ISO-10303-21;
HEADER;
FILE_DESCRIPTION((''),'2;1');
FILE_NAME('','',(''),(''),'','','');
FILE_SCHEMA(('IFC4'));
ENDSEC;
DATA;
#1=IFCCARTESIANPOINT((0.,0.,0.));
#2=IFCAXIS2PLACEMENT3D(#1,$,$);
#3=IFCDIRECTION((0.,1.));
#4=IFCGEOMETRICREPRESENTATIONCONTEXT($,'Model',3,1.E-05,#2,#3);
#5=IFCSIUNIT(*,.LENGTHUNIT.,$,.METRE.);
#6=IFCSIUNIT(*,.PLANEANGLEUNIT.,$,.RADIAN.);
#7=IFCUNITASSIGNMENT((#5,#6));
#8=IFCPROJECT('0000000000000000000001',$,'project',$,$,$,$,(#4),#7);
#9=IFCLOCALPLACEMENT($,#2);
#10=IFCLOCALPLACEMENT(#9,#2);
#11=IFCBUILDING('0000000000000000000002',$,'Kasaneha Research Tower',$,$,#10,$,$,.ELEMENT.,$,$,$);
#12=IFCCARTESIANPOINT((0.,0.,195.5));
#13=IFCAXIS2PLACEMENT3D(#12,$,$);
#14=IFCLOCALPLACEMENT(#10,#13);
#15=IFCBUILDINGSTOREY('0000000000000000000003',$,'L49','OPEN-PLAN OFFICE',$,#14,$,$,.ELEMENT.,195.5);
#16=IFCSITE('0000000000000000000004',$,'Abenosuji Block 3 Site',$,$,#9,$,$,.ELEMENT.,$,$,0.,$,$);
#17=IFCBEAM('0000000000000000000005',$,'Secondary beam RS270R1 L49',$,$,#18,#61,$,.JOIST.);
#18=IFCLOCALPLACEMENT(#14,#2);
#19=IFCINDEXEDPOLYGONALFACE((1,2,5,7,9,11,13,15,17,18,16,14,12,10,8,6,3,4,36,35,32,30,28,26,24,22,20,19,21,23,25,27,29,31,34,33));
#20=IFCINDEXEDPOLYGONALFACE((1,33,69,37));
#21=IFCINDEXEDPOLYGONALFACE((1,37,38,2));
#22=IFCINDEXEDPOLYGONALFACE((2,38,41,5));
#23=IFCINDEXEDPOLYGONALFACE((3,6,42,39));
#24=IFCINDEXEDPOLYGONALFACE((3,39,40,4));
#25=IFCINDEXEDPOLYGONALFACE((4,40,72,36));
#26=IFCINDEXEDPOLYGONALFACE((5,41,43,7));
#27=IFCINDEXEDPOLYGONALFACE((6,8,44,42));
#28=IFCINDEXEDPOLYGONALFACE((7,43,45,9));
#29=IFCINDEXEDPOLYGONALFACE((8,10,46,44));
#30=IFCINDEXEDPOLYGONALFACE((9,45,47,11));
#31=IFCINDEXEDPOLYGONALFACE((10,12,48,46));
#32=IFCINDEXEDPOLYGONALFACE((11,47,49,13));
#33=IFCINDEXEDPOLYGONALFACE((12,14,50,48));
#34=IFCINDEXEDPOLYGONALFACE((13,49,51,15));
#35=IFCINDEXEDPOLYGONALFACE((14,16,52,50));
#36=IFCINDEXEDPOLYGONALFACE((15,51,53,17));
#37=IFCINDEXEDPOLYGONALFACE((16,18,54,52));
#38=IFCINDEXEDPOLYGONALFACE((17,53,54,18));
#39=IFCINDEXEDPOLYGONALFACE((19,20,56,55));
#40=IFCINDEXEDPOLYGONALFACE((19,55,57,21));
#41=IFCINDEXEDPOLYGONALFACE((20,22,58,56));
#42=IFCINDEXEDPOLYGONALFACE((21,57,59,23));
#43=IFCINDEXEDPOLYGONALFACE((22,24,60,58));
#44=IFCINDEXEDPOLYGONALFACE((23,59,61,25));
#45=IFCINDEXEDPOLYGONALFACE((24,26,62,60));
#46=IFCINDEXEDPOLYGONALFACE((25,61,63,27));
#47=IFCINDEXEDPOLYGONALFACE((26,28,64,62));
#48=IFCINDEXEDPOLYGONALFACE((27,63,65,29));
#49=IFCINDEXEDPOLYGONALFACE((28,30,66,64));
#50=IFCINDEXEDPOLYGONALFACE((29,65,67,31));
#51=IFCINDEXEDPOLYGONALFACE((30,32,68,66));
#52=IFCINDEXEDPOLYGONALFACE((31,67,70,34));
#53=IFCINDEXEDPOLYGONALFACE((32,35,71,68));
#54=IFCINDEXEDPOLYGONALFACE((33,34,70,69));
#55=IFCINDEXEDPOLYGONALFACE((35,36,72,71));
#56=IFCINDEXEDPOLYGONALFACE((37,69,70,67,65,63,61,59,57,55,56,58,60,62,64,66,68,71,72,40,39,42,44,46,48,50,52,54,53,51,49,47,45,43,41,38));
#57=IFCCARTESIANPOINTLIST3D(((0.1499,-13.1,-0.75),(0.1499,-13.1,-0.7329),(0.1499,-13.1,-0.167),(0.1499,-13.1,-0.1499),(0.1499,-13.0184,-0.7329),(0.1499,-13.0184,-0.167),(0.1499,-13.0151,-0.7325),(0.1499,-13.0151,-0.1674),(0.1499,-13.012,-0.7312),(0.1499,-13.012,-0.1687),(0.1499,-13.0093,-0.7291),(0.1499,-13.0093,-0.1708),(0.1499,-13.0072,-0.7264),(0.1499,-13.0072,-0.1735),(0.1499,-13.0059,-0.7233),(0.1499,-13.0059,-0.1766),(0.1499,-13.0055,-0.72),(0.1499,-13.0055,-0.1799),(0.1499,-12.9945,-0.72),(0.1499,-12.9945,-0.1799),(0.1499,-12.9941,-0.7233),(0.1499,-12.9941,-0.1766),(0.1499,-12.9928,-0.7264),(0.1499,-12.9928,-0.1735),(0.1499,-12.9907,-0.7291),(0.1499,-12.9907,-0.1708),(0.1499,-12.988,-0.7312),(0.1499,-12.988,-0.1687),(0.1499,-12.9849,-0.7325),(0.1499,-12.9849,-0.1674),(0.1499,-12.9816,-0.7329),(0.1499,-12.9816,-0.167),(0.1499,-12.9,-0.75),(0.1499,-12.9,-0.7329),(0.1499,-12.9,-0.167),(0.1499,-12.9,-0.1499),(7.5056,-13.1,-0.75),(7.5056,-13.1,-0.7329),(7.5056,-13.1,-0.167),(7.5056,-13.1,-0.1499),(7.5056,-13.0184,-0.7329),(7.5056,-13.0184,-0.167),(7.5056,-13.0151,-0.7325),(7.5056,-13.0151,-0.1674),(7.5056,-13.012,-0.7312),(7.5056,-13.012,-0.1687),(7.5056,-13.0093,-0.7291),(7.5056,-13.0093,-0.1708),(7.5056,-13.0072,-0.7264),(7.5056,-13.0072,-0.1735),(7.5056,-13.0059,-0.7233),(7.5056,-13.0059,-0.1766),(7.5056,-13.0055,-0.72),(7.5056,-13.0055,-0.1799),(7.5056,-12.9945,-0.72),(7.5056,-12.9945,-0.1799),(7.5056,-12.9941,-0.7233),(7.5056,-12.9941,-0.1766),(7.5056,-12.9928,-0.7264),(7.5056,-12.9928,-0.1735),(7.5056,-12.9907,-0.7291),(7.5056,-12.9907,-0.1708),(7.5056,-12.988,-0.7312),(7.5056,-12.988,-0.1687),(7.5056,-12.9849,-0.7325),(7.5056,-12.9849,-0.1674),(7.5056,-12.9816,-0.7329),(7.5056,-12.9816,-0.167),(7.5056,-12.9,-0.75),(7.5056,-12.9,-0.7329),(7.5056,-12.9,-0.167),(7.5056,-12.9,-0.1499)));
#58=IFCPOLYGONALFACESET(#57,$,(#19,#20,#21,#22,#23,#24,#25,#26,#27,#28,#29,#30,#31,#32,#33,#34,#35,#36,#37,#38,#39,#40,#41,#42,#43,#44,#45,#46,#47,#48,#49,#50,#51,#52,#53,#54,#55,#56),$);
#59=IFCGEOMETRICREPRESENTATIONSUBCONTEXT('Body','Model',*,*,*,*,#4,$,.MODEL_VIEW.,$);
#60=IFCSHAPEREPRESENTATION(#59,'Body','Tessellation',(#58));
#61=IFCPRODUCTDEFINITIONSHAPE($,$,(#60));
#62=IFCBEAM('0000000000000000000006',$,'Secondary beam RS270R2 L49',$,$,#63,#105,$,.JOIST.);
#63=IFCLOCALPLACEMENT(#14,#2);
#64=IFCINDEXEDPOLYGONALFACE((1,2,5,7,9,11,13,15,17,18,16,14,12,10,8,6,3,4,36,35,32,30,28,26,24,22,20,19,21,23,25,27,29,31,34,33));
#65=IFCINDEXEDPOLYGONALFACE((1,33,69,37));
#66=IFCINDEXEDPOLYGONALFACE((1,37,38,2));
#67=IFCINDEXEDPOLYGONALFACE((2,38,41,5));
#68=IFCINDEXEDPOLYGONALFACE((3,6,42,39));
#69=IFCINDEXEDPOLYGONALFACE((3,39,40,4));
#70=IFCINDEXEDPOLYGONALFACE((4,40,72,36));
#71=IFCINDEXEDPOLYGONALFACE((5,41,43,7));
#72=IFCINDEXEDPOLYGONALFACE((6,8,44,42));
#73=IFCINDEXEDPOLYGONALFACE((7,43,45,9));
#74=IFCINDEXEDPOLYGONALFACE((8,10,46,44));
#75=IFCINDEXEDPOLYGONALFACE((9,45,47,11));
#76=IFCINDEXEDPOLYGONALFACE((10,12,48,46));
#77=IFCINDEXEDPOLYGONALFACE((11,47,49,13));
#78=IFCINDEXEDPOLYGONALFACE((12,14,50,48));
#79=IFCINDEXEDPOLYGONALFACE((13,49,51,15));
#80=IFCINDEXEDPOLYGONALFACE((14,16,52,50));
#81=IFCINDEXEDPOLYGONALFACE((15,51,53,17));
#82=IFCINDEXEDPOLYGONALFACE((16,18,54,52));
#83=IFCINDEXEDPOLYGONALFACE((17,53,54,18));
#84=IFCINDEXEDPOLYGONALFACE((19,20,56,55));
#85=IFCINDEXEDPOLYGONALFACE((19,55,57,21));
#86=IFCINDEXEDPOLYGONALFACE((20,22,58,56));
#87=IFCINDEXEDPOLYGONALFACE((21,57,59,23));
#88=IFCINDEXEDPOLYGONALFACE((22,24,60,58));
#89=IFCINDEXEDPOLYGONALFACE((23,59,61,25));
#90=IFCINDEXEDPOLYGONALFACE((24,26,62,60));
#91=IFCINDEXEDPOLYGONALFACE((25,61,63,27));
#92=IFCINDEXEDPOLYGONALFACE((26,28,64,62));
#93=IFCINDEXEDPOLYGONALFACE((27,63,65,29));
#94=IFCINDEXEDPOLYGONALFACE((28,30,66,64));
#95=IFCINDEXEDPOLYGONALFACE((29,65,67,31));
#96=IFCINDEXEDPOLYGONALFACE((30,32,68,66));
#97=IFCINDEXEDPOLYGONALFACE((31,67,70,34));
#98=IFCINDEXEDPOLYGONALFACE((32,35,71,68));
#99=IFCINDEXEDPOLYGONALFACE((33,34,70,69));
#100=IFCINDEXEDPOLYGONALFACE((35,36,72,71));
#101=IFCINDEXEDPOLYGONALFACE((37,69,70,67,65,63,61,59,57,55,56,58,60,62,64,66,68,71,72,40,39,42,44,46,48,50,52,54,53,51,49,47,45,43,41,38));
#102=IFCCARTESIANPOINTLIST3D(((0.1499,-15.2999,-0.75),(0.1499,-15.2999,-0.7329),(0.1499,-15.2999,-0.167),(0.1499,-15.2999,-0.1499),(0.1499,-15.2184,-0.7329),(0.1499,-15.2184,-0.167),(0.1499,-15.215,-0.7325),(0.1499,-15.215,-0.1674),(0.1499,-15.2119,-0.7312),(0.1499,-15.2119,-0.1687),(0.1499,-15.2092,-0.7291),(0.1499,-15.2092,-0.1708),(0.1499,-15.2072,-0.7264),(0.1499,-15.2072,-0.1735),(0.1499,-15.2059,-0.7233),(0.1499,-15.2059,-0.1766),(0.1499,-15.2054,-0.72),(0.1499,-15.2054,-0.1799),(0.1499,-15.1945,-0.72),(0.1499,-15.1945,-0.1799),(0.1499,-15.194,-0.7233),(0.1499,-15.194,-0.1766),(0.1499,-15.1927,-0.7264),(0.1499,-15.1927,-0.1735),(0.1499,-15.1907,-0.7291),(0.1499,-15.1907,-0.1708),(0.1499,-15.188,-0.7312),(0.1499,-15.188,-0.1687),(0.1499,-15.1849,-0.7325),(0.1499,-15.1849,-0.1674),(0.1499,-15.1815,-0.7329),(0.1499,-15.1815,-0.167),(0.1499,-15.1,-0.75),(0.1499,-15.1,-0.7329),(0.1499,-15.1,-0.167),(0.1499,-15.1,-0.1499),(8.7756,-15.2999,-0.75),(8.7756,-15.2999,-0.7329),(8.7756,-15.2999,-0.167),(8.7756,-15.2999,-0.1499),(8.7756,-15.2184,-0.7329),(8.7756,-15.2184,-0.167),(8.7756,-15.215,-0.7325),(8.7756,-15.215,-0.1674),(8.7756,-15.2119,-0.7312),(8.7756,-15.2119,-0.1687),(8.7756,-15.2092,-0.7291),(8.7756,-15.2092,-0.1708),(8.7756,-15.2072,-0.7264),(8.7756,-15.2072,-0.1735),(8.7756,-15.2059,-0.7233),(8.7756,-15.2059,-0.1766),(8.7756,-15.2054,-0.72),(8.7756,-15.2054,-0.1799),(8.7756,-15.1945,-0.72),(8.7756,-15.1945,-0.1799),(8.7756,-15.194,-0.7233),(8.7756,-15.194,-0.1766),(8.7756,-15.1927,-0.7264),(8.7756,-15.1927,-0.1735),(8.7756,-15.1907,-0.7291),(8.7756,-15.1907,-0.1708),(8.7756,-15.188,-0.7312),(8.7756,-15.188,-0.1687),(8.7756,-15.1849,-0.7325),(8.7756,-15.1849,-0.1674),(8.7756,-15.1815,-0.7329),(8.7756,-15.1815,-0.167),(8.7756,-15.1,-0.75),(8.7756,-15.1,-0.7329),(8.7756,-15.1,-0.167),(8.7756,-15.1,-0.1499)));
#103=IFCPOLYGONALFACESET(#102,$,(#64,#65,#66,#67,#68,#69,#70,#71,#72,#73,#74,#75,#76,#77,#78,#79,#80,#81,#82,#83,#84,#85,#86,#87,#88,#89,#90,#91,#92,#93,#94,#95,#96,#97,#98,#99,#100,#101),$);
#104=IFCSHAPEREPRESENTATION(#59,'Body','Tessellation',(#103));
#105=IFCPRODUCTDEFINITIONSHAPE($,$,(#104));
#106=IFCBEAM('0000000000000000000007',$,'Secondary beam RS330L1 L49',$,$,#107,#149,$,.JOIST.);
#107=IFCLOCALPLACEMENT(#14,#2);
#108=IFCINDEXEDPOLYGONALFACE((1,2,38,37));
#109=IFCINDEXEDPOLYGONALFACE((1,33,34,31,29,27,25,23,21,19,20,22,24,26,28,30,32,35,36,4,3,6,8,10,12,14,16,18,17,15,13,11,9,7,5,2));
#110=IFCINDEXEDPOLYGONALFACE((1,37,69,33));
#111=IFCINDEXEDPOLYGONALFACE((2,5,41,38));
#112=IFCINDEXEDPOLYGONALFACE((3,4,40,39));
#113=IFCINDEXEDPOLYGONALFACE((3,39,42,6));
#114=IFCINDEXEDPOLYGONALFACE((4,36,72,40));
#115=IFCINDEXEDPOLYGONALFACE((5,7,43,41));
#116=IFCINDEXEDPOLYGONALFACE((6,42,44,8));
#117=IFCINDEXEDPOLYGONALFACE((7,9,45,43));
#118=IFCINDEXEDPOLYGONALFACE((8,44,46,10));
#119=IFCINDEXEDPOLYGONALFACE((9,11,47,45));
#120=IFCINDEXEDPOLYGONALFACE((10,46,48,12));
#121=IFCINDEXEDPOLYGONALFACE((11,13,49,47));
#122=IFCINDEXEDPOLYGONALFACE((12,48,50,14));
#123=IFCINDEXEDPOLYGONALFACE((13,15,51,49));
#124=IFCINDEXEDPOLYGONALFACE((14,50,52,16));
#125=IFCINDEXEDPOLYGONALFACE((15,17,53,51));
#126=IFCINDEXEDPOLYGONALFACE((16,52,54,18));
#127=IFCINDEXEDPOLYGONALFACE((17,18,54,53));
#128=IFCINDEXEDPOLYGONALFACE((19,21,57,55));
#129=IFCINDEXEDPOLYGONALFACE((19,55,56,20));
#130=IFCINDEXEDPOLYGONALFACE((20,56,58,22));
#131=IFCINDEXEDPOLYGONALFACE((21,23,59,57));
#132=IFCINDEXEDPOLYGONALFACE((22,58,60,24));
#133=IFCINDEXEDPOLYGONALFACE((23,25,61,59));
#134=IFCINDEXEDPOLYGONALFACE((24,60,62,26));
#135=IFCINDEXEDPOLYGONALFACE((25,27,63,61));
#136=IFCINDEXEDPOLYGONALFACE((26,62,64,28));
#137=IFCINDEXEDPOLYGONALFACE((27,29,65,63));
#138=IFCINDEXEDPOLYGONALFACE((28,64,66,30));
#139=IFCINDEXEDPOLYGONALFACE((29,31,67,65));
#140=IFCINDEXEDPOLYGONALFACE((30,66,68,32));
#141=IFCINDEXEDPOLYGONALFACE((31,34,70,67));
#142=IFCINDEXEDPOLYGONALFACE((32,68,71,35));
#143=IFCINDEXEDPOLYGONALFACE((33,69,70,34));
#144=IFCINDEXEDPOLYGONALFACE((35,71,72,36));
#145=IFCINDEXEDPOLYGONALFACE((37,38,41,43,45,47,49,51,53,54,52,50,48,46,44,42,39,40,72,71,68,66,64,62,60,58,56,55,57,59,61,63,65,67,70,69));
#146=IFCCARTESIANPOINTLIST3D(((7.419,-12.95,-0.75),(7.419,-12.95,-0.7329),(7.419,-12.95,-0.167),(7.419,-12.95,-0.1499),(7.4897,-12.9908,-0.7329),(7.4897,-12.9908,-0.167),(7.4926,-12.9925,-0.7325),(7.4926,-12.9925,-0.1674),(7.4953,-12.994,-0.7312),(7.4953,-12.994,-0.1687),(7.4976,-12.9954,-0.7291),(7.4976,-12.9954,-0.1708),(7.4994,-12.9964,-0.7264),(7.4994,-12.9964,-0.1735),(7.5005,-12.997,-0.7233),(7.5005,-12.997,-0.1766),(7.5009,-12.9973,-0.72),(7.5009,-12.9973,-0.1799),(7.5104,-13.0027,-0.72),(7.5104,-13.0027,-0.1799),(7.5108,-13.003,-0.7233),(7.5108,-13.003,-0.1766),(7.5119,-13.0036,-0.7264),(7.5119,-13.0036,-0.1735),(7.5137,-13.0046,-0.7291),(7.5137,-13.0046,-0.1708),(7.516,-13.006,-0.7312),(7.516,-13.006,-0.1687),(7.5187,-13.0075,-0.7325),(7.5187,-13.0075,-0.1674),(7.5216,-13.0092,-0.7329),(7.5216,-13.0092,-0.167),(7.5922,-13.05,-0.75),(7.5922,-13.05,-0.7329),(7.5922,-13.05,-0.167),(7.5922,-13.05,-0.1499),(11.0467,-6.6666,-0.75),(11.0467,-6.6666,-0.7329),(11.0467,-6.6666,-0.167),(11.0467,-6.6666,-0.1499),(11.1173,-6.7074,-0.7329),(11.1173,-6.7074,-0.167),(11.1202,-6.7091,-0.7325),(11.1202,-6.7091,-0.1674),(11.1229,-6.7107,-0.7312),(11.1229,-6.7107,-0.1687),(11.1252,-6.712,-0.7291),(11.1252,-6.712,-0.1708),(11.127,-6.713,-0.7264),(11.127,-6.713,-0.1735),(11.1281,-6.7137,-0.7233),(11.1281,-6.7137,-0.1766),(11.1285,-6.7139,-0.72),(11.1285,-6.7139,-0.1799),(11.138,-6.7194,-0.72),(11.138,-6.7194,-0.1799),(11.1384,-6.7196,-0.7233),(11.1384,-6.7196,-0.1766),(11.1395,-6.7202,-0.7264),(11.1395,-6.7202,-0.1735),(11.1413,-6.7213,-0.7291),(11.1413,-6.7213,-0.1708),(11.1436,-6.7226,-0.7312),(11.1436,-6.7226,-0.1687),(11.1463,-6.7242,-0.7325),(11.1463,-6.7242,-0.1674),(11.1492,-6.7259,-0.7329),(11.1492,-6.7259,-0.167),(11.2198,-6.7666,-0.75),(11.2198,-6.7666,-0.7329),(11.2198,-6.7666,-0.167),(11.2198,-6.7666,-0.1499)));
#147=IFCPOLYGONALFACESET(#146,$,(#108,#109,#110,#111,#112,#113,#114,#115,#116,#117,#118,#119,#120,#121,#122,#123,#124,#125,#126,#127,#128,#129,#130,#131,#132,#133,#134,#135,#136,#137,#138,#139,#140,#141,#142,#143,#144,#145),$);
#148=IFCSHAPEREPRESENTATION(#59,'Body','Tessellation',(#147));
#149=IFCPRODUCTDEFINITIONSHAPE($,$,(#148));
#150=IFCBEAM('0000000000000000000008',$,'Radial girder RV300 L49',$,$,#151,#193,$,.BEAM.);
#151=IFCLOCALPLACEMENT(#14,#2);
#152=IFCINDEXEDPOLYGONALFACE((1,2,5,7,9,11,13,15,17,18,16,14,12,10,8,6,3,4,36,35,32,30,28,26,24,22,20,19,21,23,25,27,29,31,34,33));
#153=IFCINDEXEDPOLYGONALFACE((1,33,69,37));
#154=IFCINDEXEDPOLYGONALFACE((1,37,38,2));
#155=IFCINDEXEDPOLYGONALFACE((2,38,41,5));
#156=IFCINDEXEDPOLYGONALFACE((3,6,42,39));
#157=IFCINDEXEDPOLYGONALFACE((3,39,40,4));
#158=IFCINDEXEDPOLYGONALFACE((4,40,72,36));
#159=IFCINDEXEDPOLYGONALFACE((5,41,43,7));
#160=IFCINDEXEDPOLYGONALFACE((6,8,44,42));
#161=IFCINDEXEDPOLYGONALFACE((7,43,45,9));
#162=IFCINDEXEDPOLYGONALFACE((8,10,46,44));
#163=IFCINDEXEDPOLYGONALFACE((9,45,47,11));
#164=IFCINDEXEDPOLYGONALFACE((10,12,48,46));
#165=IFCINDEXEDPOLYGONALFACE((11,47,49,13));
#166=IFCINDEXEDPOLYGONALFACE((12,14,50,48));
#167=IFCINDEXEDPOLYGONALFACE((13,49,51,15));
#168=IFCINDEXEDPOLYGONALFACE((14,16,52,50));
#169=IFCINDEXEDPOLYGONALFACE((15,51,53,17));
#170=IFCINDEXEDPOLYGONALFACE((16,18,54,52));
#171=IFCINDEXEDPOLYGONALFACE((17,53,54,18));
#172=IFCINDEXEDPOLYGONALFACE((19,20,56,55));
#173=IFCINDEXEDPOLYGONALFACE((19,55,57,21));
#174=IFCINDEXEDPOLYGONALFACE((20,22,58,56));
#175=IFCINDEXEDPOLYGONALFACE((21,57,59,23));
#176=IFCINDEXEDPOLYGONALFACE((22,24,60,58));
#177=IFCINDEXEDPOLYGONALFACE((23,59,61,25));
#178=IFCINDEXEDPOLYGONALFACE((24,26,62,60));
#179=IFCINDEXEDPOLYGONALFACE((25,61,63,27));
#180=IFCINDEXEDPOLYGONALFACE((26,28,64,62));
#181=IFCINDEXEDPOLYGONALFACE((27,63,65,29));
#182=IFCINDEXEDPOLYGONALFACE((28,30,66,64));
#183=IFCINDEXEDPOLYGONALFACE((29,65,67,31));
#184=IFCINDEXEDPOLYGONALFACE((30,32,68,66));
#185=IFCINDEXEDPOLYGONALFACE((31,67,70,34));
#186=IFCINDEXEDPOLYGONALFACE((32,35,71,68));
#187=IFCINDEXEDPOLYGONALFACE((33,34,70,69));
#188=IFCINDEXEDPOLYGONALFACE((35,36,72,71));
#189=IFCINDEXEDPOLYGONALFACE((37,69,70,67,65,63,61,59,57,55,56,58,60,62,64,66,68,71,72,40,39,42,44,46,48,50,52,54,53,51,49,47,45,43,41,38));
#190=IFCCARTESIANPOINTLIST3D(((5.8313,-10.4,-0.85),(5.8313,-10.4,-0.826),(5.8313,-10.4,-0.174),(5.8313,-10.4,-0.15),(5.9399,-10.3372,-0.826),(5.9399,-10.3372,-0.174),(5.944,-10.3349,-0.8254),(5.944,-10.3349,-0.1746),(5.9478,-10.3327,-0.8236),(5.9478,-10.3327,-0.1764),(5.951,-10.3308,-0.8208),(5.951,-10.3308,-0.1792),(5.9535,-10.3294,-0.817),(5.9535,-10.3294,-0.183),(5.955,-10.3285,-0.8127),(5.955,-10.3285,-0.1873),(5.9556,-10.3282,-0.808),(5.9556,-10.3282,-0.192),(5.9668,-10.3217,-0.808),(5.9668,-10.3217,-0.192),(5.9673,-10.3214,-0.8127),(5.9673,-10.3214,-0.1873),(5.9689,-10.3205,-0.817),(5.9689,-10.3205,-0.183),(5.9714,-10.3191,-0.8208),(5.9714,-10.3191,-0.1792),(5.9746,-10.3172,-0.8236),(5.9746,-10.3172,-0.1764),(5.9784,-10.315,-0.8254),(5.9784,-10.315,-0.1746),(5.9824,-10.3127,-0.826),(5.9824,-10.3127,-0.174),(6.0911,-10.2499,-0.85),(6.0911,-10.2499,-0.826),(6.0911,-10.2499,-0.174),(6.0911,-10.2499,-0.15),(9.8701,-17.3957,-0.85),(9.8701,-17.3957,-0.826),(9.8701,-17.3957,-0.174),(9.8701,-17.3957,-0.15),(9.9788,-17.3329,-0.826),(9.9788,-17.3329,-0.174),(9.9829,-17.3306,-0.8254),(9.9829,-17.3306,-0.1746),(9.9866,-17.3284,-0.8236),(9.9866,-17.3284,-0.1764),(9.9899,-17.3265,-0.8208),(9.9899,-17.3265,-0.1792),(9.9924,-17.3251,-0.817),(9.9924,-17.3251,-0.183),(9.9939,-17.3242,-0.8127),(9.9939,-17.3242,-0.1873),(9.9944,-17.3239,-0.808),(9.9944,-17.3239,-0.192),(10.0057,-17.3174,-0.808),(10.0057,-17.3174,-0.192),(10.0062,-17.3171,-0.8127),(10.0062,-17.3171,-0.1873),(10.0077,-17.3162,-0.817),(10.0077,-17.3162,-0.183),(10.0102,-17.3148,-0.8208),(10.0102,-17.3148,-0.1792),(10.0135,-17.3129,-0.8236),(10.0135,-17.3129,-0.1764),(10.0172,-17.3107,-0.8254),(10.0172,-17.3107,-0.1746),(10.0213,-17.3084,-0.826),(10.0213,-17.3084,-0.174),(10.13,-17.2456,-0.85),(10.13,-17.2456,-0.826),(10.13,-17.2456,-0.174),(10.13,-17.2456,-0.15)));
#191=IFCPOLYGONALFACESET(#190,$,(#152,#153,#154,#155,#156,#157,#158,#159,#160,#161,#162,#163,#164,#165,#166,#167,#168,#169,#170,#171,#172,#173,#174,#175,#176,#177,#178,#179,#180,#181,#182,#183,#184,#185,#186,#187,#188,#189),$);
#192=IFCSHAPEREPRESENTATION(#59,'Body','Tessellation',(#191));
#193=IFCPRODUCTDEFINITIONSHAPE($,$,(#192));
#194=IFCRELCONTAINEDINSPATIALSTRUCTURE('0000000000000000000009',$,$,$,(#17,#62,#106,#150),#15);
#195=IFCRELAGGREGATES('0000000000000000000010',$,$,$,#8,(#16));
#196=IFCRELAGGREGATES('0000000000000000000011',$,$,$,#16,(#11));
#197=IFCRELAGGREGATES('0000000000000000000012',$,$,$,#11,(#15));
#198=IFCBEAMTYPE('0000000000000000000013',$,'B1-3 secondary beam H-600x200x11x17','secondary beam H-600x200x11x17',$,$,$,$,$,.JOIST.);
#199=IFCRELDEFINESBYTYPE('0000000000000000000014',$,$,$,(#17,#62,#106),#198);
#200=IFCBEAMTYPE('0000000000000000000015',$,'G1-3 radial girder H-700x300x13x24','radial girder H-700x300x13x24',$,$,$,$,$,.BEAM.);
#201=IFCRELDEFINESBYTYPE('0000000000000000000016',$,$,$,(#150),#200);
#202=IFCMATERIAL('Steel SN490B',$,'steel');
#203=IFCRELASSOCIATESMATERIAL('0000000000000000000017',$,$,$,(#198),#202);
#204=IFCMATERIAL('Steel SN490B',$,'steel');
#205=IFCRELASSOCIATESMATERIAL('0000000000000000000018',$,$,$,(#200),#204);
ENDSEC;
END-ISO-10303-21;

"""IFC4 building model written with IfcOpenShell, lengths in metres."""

from ifc_helpers import new_model, si_unit, direction, frame, origin, origin_2d, place, context, subcontext, project, spatial, i_section, extrude, material, material_profile, profile_set, type_object, element, save


model = new_model("IFC4")

# Units and contexts
model_context = context("Model", 3, precision=1e-05, world=origin(), true_north=direction((0.0, 1.0)))
body_context = subcontext(model_context, "Body", "Model", "MODEL_VIEW")
ifc_project = project(units=[si_unit("LENGTHUNIT", "METRE"), si_unit("PLANEANGLEUNIT", "RADIAN")], contexts=[model_context])

# Site, building, storey
site_placement = place(None, origin())
site = spatial("IfcSite", under=ifc_project, at=site_placement, Name="Abenosuji Block 3 Site", CompositionType="ELEMENT", RefElevation=0.0)
building_placement = place(site_placement, origin())
building = spatial("IfcBuilding", under=site, at=building_placement, Name="Kasaneha Research Tower", CompositionType="ELEMENT")
storey_placement = place(building_placement, frame((0.0, 0.0, 195.5)))
storey = spatial("IfcBuildingStorey", under=building, at=storey_placement, Name="L49", Description="OPEN-PLAN OFFICE", CompositionType="ELEMENT", Elevation=195.5)

# Beams
ifc_material_1 = material(Name="Steel SN490B", Category="steel")
ifc_material_profile_1 = material_profile(ifc_material_1, i_section(OverallWidth=0.2, OverallDepth=0.6001, WebThickness=0.011, FlangeThickness=0.0171, FilletRadius=0.0129, at=origin_2d()), Name="H-600x200x11x17")
ifc_profile_set_1 = profile_set([ifc_material_profile_1], Name="Steel SN490B")
beam_type_1 = type_object("IfcBeamType", Name="B1-3 secondary beam H-600x200x11x17", Description="secondary beam H-600x200x11x17", PredefinedType="JOIST", material=ifc_profile_set_1)
beam_1_placement = place(storey_placement, frame((7.5056, -13.0, -0.45), z_axis=(-1.0, 0.0, 0.0), x_axis=(0.0, -1.0, 0.0)))
element("IfcBeam", 1, at=beam_1_placement, inside=storey, type_object=beam_type_1, Name="Secondary beam RS270R1 L49", PredefinedType="JOIST", context=body_context, shape_type="SweptSolid", body=[
    extrude(i_section(OverallWidth=0.2, OverallDepth=0.6001, WebThickness=0.011, FlangeThickness=0.0171, FilletRadius=0.0129, at=origin_2d()), origin(), (0.0, 0.0, 1.0), 7.3557),
])
beam_2_placement = place(storey_placement, frame((8.7756, -15.2, -0.45), z_axis=(-1.0, 0.0, 0.0), x_axis=(0.0, -1.0, 0.0)))
element("IfcBeam", 2, at=beam_2_placement, inside=storey, type_object=beam_type_1, Name="Secondary beam RS270R2 L49", PredefinedType="JOIST", context=body_context, shape_type="SweptSolid", body=[
    extrude(i_section(OverallWidth=0.2, OverallDepth=0.6001, WebThickness=0.011, FlangeThickness=0.0171, FilletRadius=0.0129, at=origin_2d()), origin(), (0.0, 0.0, 1.0), 8.6257),
])
beam_3_placement = place(storey_placement, frame((7.5056, -13.0, -0.45), z_axis=(0.499993, 0.866029, 0.0), x_axis=(-0.866029, 0.499993, 0.0)))
element("IfcBeam", 3, at=beam_3_placement, inside=storey, type_object=beam_type_1, Name="Secondary beam RS330L1 L49", PredefinedType="JOIST", context=body_context, shape_type="SweptSolid", body=[
    extrude(i_section(OverallWidth=0.2, OverallDepth=0.6001, WebThickness=0.011, FlangeThickness=0.0171, FilletRadius=0.0129, at=origin_2d()), origin(), (0.0, 0.0, 1.0), 7.2554),
])
ifc_material_2 = material(Name="Steel SN490B", Category="steel")
ifc_material_profile_2 = material_profile(ifc_material_2, i_section(OverallWidth=0.3, OverallDepth=0.7, WebThickness=0.0129, FlangeThickness=0.0239, FilletRadius=0.0181, at=origin_2d()), Name="H-700x300x13x24")
ifc_profile_set_2 = profile_set([ifc_material_profile_2], Name="Steel SN490B")
beam_type_2 = type_object("IfcBeamType", Name="G1-3 radial girder H-700x300x13x24", Description="radial girder H-700x300x13x24", PredefinedType="BEAM", material=ifc_profile_set_2)
beam_4_placement = place(storey_placement, frame((5.9612, -10.325, -0.5), z_axis=(0.499991, -0.866031, 0.0), x_axis=(0.866031, 0.499991, 0.0)))
element("IfcBeam", 4, at=beam_4_placement, inside=storey, type_object=beam_type_2, Name="Radial girder RV300 L49", PredefinedType="BEAM", context=body_context, shape_type="SweptSolid", body=[
    extrude(i_section(OverallWidth=0.3, OverallDepth=0.7, WebThickness=0.0129, FlangeThickness=0.0239, FilletRadius=0.0181, at=origin_2d()), origin(), (0.0, 0.0, 1.0), 8.0779),
])

save(model, "model.ifc")
